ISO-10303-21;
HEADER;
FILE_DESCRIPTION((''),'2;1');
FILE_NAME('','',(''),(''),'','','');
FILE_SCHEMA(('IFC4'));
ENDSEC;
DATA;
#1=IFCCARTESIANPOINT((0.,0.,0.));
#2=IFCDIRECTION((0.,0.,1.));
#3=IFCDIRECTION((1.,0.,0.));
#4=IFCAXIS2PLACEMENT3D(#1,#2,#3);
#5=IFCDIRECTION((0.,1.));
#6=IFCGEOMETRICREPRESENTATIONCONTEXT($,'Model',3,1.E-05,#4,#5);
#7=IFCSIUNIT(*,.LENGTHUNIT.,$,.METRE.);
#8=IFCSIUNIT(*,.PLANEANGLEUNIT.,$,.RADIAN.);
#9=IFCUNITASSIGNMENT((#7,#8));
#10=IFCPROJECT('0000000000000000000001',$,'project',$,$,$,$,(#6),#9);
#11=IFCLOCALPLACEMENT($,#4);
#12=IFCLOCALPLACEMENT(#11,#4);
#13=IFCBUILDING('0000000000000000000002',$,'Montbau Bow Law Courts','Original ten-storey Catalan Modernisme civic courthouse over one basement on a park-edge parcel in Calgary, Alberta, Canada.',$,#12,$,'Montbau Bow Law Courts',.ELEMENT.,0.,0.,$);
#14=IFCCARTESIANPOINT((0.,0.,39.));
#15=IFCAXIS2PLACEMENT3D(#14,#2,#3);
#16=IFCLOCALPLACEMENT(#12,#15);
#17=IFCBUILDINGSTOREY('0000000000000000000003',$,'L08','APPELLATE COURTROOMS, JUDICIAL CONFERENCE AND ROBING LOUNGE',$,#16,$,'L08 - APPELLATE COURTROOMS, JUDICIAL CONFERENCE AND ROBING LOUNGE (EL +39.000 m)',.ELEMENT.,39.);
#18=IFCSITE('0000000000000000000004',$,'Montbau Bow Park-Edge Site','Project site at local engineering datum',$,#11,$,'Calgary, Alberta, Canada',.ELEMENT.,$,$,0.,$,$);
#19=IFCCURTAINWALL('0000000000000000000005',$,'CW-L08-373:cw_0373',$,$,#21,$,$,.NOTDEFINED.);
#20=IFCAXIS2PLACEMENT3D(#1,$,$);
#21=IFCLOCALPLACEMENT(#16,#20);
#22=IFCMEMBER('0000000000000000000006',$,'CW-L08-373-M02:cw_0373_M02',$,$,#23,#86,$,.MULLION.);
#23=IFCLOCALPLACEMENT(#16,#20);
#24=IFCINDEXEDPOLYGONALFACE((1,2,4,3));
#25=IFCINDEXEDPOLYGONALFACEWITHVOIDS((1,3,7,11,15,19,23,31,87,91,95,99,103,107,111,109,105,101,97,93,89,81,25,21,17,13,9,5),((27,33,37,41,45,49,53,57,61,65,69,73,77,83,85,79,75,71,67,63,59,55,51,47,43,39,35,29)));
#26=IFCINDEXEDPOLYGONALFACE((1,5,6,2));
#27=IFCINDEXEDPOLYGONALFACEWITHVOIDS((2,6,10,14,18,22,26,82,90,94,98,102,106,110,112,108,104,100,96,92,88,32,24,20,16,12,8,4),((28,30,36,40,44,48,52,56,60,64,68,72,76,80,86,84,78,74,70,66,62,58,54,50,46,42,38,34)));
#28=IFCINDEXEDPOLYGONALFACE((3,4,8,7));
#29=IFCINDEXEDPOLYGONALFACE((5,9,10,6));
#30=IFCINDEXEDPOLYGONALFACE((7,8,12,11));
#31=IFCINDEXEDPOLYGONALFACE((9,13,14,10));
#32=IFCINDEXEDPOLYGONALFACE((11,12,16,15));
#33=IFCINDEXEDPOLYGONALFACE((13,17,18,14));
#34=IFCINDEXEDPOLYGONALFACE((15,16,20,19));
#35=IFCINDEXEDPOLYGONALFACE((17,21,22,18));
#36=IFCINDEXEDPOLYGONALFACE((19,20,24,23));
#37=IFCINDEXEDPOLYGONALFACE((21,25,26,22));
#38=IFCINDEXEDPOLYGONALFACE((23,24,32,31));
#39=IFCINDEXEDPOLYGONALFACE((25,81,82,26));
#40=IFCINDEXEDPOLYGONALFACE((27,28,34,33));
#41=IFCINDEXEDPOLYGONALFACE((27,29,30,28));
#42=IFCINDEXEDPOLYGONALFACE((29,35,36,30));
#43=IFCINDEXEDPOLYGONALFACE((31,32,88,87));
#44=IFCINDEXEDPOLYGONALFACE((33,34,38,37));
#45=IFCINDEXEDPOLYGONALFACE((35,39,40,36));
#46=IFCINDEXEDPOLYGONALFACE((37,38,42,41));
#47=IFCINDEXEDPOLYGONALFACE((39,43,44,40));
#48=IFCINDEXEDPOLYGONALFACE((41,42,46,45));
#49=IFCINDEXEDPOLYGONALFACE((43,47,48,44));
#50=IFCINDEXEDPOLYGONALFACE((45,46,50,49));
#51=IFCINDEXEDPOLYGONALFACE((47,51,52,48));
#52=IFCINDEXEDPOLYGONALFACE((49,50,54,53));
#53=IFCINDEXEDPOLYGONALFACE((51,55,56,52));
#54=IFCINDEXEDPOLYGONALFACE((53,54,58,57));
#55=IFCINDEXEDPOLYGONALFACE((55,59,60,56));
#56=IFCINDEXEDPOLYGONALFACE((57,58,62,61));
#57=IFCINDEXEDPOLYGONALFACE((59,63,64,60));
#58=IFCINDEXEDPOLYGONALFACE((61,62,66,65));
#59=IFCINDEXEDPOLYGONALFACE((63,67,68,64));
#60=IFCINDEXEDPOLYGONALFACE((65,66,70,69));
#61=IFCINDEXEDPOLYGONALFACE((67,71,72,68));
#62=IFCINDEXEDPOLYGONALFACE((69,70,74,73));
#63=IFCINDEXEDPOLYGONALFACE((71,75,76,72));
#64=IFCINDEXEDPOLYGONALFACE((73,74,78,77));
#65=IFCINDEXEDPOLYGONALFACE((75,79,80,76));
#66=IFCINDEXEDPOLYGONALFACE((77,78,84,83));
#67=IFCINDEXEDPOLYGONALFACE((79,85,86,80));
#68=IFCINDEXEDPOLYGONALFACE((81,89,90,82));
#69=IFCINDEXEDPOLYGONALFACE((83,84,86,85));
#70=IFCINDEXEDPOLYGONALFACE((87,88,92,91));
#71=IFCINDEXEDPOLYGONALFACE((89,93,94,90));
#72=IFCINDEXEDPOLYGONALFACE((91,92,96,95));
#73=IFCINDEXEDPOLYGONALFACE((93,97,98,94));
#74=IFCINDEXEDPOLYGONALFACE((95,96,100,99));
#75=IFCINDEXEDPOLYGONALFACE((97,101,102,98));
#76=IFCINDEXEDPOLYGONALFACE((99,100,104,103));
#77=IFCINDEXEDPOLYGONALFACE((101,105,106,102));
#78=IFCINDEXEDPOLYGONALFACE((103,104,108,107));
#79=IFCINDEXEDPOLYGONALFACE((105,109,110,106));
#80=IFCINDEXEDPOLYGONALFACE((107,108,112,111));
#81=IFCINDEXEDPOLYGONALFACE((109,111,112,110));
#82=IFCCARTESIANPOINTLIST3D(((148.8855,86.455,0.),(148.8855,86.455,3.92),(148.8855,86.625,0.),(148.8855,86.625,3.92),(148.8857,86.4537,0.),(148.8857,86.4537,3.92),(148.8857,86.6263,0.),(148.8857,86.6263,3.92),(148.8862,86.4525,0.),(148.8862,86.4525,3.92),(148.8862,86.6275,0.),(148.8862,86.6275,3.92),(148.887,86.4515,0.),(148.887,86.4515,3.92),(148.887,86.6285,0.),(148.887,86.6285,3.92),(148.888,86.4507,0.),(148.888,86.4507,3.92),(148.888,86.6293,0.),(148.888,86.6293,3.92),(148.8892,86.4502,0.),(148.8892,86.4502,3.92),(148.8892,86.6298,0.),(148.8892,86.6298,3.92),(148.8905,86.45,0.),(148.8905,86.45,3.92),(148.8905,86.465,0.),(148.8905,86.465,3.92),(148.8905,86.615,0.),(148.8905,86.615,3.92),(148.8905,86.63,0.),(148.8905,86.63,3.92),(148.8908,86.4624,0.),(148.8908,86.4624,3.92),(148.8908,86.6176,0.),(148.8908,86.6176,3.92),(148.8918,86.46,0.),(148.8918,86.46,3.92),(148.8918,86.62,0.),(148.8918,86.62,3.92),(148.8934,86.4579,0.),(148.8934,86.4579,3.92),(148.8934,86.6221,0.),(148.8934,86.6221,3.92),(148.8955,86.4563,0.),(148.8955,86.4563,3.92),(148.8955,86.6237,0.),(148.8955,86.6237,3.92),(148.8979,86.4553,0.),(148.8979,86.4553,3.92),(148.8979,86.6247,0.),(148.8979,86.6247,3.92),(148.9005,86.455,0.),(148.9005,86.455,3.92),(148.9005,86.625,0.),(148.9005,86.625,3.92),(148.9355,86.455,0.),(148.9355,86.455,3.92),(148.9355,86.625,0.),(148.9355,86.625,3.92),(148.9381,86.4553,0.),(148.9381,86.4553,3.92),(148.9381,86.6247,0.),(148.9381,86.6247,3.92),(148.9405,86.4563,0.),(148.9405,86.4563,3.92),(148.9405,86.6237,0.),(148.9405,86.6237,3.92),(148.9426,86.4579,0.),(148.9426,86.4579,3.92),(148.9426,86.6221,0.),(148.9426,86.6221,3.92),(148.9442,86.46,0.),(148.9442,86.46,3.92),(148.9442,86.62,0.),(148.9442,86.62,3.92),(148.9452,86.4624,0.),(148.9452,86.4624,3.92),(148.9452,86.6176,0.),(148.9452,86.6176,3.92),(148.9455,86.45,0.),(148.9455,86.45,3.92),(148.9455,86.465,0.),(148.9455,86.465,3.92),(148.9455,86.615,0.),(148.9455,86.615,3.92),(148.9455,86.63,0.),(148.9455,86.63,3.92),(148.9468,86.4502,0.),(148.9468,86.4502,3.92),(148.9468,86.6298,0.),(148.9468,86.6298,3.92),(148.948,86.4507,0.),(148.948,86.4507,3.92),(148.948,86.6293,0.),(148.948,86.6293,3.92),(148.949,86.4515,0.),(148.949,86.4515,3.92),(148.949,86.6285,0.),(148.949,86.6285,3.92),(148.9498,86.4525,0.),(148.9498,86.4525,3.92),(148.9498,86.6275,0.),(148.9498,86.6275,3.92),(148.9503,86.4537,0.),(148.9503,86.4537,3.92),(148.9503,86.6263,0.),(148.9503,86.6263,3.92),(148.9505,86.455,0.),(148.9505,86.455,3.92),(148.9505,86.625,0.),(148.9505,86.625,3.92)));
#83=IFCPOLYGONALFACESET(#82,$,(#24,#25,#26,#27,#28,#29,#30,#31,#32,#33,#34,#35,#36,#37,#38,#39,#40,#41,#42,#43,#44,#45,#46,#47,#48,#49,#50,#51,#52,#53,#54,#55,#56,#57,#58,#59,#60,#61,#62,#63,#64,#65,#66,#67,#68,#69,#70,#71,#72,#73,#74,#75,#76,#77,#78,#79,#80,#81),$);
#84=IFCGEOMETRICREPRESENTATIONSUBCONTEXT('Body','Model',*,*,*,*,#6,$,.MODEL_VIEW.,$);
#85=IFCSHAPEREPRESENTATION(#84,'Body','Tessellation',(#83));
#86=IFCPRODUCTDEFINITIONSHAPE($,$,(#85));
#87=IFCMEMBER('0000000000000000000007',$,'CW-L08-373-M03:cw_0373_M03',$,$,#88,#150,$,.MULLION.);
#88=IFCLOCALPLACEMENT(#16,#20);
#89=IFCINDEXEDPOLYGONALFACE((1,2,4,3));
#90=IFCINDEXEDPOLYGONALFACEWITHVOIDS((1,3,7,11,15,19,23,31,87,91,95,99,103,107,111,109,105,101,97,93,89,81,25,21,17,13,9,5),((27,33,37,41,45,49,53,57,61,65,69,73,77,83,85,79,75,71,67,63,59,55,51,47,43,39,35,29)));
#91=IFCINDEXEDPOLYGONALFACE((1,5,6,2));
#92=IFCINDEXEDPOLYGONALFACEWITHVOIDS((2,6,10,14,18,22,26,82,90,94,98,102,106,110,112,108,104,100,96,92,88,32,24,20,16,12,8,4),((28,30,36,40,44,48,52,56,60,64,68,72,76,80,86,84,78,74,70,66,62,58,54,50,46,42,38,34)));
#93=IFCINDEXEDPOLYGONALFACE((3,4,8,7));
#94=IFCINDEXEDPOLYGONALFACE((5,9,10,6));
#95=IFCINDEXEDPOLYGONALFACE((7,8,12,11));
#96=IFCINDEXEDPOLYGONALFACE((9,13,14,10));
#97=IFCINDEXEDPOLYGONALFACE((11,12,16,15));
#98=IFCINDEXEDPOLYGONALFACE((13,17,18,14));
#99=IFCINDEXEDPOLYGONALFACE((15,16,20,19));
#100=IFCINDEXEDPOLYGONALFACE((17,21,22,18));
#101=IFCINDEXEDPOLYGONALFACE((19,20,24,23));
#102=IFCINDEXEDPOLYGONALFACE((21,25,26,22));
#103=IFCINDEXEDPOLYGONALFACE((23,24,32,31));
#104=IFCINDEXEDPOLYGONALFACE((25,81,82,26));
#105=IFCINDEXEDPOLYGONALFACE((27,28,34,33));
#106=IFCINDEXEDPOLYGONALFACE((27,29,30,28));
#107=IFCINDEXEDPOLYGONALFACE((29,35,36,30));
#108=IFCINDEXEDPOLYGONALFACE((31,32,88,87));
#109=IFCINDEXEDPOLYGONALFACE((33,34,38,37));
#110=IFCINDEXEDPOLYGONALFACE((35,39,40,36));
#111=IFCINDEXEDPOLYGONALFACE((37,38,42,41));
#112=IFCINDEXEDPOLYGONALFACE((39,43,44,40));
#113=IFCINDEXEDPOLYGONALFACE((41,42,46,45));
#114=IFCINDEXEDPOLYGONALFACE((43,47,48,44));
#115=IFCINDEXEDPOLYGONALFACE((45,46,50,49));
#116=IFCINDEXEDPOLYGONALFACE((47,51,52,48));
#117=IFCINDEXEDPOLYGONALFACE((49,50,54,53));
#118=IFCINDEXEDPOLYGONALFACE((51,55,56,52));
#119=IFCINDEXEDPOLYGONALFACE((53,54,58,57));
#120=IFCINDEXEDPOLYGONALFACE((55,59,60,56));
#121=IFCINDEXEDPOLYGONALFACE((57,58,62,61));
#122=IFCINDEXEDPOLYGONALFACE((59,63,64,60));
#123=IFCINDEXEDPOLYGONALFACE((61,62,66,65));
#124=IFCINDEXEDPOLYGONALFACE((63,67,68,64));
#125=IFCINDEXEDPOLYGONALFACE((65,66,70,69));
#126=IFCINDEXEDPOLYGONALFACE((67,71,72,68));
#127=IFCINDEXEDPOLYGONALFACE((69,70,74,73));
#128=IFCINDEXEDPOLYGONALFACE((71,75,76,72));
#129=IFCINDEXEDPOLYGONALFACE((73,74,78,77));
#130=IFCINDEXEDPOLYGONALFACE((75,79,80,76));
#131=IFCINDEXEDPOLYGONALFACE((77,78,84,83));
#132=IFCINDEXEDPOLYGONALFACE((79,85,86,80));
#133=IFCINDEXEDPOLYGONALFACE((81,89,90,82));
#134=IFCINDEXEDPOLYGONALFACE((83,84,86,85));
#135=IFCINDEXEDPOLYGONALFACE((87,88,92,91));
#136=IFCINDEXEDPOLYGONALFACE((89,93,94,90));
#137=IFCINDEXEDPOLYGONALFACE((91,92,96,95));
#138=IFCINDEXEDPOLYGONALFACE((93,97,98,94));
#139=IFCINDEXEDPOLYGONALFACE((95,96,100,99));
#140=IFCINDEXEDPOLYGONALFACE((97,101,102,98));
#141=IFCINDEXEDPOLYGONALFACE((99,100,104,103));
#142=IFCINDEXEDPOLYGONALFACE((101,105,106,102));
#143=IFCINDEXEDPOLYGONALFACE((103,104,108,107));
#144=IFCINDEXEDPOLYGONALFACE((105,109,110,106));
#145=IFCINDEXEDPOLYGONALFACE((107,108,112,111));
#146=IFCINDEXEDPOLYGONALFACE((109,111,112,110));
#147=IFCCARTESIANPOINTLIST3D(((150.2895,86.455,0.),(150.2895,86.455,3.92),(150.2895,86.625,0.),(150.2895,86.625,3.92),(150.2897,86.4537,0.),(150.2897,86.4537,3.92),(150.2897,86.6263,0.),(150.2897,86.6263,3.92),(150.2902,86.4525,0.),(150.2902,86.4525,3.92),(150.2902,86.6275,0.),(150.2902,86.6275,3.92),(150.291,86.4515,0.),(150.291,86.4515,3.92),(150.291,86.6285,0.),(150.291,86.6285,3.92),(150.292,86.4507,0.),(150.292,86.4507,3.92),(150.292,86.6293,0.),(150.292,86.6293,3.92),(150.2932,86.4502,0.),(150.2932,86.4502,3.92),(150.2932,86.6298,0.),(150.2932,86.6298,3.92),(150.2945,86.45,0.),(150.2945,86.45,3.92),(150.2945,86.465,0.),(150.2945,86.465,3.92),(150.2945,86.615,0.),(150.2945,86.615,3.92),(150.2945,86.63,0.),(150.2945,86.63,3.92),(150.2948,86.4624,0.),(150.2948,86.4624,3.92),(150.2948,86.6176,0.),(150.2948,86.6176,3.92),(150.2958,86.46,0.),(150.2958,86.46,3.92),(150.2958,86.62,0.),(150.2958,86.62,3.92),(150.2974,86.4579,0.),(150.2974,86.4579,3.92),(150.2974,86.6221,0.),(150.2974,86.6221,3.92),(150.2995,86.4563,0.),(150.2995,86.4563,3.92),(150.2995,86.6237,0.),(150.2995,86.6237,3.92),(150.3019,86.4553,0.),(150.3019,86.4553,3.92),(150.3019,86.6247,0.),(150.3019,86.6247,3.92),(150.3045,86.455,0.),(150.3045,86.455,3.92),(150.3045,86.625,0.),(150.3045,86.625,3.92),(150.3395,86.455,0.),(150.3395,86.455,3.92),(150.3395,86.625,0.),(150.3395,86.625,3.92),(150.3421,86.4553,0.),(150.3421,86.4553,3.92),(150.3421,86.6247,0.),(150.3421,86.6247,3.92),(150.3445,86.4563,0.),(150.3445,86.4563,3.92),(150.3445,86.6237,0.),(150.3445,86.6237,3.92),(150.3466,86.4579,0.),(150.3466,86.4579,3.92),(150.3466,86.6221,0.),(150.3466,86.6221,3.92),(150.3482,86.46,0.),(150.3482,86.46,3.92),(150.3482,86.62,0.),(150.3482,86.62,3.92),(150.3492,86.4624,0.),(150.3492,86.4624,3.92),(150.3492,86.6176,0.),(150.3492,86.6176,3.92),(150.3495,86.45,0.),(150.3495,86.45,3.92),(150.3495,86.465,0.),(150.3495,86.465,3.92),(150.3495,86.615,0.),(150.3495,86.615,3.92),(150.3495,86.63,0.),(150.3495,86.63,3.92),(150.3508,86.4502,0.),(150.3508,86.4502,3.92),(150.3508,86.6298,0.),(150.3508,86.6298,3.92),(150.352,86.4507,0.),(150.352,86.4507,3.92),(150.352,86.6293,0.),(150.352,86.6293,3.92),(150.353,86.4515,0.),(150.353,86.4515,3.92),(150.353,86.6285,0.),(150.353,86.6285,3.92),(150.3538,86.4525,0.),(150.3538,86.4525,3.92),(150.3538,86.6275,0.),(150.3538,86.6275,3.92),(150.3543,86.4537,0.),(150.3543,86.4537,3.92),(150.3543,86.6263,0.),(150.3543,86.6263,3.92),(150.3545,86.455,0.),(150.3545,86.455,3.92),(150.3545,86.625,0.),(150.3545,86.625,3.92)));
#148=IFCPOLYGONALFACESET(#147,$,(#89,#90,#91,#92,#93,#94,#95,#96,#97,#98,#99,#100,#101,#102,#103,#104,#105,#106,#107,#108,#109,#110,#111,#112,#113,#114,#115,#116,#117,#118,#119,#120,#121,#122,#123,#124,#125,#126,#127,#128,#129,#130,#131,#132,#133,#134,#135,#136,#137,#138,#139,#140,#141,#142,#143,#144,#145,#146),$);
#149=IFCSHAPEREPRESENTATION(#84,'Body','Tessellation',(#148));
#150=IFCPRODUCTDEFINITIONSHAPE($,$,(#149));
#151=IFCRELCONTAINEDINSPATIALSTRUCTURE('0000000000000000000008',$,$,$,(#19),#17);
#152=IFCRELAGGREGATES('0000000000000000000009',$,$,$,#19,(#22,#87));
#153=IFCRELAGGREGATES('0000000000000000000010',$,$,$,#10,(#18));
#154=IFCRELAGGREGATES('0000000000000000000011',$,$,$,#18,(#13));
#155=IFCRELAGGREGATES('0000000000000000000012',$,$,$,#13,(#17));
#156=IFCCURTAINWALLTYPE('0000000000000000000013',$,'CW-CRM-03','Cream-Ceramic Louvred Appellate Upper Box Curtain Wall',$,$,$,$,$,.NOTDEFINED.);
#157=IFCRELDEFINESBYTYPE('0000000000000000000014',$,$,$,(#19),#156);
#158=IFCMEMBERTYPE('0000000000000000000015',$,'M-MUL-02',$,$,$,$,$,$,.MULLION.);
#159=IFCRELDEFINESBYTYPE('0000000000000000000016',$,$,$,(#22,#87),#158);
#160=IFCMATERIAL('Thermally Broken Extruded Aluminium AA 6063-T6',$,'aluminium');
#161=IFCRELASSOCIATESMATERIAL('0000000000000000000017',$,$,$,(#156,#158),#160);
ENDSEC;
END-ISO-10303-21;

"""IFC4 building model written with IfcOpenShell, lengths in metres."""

from ifc_helpers import new_model, si_unit, direction, frame, origin_with_axes, origin_2d_with_axis, place, context, subcontext, project, spatial, hollow_rectangle, extrude, material, material_profile, profile_set, type_object, element, aggregate, save


model = new_model("IFC4")

# Units and contexts
model_context = context("Model", 3, precision=1e-05, world=origin_with_axes(), true_north=direction((0.0, 1.0)))
body_context = subcontext(model_context, "Body", "Model", "MODEL_VIEW")
ifc_project = project(units=[si_unit("LENGTHUNIT", "METRE"), si_unit("PLANEANGLEUNIT", "RADIAN")], contexts=[model_context])

# Site, building, storey
site_placement = place(None, origin_with_axes())
site = spatial("IfcSite", under=ifc_project, at=site_placement, Name="Montbau Bow Park-Edge Site", Description="Project site at local engineering datum", LongName="Calgary, Alberta, Canada", CompositionType="ELEMENT", RefElevation=0.0)
building_placement = place(site_placement, origin_with_axes())
building = spatial("IfcBuilding", under=site, at=building_placement, Name="Montbau Bow Law Courts", Description="Original ten-storey Catalan Modernisme civic courthouse over one basement on a park-edge parcel in Calgary, Alberta, Canada.", LongName="Montbau Bow Law Courts", CompositionType="ELEMENT", ElevationOfRefHeight=0.0, ElevationOfTerrain=0.0)
storey_placement = place(building_placement, frame((0.0, 0.0, 39.0), z_axis=(0.0, 0.0, 1.0), x_axis=(1.0, 0.0, 0.0)))
storey = spatial("IfcBuildingStorey", under=building, at=storey_placement, Name="L08", Description="APPELLATE COURTROOMS, JUDICIAL CONFERENCE AND ROBING LOUNGE", LongName="L08 - APPELLATE COURTROOMS, JUDICIAL CONFERENCE AND ROBING LOUNGE (EL +39.000 m)", CompositionType="ELEMENT", Elevation=39.0)

# Shared definitions
ifc_material_1 = material(Name="Thermally Broken Extruded Aluminium AA 6063-T6", Category="aluminium")
curtain_wall_type = type_object("IfcCurtainWallType", Name="CW-CRM-03", Description="Cream-Ceramic Louvred Appellate Upper Box Curtain Wall", PredefinedType="NOTDEFINED", material=ifc_material_1)

# Curtain wall, members
curtain_wall_1_placement = place(None, frame((147.515, 86.54, 39.0), z_axis=(0.0, 0.0, 1.0), x_axis=(1.0, 0.0, 0.0)))
curtain_wall_1 = element("IfcCurtainWall", 1, at=curtain_wall_1_placement, inside=storey, type_object=curtain_wall_type, Name="CW-L08-373:cw_0373", PredefinedType="NOTDEFINED")
ifc_material_profile_1 = material_profile(ifc_material_1, hollow_rectangle(XDim=0.065, YDim=0.18, WallThickness=0.005, InnerFilletRadius=0.01, OuterFilletRadius=0.005, at=origin_2d_with_axis()), Name="CWM-180X65", Category="Main", Priority=0)
ifc_profile_set_1 = profile_set([ifc_material_profile_1], Name="Thermally Broken Extruded Aluminium AA 6063-T6")
member_type_1 = type_object("IfcMemberType", Name="M-MUL-02", PredefinedType="MULLION", material=ifc_profile_set_1)
member_1_placement = place(None, frame((148.918, 86.54, 39.0), z_axis=(0.0, 0.0, 1.0), x_axis=(1.0, 0.0, 0.0)))
member_1 = element("IfcMember", 2, at=member_1_placement, type_object=member_type_1, Name="CW-L08-373-M02:cw_0373_M02", PredefinedType="MULLION", context=body_context, shape_type="SweptSolid", body=[
    extrude(hollow_rectangle(XDim=0.065, YDim=0.18, WallThickness=0.005, InnerFilletRadius=0.01, OuterFilletRadius=0.005, at=origin_2d_with_axis()), origin_with_axes(), (0.0, 0.0, 1.0), 3.92),
])
member_2_placement = place(None, frame((150.322, 86.54, 39.0), z_axis=(0.0, 0.0, 1.0), x_axis=(1.0, 0.0, 0.0)))
member_2 = element("IfcMember", 3, at=member_2_placement, type_object=member_type_1, Name="CW-L08-373-M03:cw_0373_M03", PredefinedType="MULLION", context=body_context, shape_type="SweptSolid", body=[
    extrude(hollow_rectangle(XDim=0.065, YDim=0.18, WallThickness=0.005, InnerFilletRadius=0.01, OuterFilletRadius=0.005, at=origin_2d_with_axis()), origin_with_axes(), (0.0, 0.0, 1.0), 3.92),
])
aggregate(curtain_wall_1, [member_1, member_2])

save(model, "model.ifc")
